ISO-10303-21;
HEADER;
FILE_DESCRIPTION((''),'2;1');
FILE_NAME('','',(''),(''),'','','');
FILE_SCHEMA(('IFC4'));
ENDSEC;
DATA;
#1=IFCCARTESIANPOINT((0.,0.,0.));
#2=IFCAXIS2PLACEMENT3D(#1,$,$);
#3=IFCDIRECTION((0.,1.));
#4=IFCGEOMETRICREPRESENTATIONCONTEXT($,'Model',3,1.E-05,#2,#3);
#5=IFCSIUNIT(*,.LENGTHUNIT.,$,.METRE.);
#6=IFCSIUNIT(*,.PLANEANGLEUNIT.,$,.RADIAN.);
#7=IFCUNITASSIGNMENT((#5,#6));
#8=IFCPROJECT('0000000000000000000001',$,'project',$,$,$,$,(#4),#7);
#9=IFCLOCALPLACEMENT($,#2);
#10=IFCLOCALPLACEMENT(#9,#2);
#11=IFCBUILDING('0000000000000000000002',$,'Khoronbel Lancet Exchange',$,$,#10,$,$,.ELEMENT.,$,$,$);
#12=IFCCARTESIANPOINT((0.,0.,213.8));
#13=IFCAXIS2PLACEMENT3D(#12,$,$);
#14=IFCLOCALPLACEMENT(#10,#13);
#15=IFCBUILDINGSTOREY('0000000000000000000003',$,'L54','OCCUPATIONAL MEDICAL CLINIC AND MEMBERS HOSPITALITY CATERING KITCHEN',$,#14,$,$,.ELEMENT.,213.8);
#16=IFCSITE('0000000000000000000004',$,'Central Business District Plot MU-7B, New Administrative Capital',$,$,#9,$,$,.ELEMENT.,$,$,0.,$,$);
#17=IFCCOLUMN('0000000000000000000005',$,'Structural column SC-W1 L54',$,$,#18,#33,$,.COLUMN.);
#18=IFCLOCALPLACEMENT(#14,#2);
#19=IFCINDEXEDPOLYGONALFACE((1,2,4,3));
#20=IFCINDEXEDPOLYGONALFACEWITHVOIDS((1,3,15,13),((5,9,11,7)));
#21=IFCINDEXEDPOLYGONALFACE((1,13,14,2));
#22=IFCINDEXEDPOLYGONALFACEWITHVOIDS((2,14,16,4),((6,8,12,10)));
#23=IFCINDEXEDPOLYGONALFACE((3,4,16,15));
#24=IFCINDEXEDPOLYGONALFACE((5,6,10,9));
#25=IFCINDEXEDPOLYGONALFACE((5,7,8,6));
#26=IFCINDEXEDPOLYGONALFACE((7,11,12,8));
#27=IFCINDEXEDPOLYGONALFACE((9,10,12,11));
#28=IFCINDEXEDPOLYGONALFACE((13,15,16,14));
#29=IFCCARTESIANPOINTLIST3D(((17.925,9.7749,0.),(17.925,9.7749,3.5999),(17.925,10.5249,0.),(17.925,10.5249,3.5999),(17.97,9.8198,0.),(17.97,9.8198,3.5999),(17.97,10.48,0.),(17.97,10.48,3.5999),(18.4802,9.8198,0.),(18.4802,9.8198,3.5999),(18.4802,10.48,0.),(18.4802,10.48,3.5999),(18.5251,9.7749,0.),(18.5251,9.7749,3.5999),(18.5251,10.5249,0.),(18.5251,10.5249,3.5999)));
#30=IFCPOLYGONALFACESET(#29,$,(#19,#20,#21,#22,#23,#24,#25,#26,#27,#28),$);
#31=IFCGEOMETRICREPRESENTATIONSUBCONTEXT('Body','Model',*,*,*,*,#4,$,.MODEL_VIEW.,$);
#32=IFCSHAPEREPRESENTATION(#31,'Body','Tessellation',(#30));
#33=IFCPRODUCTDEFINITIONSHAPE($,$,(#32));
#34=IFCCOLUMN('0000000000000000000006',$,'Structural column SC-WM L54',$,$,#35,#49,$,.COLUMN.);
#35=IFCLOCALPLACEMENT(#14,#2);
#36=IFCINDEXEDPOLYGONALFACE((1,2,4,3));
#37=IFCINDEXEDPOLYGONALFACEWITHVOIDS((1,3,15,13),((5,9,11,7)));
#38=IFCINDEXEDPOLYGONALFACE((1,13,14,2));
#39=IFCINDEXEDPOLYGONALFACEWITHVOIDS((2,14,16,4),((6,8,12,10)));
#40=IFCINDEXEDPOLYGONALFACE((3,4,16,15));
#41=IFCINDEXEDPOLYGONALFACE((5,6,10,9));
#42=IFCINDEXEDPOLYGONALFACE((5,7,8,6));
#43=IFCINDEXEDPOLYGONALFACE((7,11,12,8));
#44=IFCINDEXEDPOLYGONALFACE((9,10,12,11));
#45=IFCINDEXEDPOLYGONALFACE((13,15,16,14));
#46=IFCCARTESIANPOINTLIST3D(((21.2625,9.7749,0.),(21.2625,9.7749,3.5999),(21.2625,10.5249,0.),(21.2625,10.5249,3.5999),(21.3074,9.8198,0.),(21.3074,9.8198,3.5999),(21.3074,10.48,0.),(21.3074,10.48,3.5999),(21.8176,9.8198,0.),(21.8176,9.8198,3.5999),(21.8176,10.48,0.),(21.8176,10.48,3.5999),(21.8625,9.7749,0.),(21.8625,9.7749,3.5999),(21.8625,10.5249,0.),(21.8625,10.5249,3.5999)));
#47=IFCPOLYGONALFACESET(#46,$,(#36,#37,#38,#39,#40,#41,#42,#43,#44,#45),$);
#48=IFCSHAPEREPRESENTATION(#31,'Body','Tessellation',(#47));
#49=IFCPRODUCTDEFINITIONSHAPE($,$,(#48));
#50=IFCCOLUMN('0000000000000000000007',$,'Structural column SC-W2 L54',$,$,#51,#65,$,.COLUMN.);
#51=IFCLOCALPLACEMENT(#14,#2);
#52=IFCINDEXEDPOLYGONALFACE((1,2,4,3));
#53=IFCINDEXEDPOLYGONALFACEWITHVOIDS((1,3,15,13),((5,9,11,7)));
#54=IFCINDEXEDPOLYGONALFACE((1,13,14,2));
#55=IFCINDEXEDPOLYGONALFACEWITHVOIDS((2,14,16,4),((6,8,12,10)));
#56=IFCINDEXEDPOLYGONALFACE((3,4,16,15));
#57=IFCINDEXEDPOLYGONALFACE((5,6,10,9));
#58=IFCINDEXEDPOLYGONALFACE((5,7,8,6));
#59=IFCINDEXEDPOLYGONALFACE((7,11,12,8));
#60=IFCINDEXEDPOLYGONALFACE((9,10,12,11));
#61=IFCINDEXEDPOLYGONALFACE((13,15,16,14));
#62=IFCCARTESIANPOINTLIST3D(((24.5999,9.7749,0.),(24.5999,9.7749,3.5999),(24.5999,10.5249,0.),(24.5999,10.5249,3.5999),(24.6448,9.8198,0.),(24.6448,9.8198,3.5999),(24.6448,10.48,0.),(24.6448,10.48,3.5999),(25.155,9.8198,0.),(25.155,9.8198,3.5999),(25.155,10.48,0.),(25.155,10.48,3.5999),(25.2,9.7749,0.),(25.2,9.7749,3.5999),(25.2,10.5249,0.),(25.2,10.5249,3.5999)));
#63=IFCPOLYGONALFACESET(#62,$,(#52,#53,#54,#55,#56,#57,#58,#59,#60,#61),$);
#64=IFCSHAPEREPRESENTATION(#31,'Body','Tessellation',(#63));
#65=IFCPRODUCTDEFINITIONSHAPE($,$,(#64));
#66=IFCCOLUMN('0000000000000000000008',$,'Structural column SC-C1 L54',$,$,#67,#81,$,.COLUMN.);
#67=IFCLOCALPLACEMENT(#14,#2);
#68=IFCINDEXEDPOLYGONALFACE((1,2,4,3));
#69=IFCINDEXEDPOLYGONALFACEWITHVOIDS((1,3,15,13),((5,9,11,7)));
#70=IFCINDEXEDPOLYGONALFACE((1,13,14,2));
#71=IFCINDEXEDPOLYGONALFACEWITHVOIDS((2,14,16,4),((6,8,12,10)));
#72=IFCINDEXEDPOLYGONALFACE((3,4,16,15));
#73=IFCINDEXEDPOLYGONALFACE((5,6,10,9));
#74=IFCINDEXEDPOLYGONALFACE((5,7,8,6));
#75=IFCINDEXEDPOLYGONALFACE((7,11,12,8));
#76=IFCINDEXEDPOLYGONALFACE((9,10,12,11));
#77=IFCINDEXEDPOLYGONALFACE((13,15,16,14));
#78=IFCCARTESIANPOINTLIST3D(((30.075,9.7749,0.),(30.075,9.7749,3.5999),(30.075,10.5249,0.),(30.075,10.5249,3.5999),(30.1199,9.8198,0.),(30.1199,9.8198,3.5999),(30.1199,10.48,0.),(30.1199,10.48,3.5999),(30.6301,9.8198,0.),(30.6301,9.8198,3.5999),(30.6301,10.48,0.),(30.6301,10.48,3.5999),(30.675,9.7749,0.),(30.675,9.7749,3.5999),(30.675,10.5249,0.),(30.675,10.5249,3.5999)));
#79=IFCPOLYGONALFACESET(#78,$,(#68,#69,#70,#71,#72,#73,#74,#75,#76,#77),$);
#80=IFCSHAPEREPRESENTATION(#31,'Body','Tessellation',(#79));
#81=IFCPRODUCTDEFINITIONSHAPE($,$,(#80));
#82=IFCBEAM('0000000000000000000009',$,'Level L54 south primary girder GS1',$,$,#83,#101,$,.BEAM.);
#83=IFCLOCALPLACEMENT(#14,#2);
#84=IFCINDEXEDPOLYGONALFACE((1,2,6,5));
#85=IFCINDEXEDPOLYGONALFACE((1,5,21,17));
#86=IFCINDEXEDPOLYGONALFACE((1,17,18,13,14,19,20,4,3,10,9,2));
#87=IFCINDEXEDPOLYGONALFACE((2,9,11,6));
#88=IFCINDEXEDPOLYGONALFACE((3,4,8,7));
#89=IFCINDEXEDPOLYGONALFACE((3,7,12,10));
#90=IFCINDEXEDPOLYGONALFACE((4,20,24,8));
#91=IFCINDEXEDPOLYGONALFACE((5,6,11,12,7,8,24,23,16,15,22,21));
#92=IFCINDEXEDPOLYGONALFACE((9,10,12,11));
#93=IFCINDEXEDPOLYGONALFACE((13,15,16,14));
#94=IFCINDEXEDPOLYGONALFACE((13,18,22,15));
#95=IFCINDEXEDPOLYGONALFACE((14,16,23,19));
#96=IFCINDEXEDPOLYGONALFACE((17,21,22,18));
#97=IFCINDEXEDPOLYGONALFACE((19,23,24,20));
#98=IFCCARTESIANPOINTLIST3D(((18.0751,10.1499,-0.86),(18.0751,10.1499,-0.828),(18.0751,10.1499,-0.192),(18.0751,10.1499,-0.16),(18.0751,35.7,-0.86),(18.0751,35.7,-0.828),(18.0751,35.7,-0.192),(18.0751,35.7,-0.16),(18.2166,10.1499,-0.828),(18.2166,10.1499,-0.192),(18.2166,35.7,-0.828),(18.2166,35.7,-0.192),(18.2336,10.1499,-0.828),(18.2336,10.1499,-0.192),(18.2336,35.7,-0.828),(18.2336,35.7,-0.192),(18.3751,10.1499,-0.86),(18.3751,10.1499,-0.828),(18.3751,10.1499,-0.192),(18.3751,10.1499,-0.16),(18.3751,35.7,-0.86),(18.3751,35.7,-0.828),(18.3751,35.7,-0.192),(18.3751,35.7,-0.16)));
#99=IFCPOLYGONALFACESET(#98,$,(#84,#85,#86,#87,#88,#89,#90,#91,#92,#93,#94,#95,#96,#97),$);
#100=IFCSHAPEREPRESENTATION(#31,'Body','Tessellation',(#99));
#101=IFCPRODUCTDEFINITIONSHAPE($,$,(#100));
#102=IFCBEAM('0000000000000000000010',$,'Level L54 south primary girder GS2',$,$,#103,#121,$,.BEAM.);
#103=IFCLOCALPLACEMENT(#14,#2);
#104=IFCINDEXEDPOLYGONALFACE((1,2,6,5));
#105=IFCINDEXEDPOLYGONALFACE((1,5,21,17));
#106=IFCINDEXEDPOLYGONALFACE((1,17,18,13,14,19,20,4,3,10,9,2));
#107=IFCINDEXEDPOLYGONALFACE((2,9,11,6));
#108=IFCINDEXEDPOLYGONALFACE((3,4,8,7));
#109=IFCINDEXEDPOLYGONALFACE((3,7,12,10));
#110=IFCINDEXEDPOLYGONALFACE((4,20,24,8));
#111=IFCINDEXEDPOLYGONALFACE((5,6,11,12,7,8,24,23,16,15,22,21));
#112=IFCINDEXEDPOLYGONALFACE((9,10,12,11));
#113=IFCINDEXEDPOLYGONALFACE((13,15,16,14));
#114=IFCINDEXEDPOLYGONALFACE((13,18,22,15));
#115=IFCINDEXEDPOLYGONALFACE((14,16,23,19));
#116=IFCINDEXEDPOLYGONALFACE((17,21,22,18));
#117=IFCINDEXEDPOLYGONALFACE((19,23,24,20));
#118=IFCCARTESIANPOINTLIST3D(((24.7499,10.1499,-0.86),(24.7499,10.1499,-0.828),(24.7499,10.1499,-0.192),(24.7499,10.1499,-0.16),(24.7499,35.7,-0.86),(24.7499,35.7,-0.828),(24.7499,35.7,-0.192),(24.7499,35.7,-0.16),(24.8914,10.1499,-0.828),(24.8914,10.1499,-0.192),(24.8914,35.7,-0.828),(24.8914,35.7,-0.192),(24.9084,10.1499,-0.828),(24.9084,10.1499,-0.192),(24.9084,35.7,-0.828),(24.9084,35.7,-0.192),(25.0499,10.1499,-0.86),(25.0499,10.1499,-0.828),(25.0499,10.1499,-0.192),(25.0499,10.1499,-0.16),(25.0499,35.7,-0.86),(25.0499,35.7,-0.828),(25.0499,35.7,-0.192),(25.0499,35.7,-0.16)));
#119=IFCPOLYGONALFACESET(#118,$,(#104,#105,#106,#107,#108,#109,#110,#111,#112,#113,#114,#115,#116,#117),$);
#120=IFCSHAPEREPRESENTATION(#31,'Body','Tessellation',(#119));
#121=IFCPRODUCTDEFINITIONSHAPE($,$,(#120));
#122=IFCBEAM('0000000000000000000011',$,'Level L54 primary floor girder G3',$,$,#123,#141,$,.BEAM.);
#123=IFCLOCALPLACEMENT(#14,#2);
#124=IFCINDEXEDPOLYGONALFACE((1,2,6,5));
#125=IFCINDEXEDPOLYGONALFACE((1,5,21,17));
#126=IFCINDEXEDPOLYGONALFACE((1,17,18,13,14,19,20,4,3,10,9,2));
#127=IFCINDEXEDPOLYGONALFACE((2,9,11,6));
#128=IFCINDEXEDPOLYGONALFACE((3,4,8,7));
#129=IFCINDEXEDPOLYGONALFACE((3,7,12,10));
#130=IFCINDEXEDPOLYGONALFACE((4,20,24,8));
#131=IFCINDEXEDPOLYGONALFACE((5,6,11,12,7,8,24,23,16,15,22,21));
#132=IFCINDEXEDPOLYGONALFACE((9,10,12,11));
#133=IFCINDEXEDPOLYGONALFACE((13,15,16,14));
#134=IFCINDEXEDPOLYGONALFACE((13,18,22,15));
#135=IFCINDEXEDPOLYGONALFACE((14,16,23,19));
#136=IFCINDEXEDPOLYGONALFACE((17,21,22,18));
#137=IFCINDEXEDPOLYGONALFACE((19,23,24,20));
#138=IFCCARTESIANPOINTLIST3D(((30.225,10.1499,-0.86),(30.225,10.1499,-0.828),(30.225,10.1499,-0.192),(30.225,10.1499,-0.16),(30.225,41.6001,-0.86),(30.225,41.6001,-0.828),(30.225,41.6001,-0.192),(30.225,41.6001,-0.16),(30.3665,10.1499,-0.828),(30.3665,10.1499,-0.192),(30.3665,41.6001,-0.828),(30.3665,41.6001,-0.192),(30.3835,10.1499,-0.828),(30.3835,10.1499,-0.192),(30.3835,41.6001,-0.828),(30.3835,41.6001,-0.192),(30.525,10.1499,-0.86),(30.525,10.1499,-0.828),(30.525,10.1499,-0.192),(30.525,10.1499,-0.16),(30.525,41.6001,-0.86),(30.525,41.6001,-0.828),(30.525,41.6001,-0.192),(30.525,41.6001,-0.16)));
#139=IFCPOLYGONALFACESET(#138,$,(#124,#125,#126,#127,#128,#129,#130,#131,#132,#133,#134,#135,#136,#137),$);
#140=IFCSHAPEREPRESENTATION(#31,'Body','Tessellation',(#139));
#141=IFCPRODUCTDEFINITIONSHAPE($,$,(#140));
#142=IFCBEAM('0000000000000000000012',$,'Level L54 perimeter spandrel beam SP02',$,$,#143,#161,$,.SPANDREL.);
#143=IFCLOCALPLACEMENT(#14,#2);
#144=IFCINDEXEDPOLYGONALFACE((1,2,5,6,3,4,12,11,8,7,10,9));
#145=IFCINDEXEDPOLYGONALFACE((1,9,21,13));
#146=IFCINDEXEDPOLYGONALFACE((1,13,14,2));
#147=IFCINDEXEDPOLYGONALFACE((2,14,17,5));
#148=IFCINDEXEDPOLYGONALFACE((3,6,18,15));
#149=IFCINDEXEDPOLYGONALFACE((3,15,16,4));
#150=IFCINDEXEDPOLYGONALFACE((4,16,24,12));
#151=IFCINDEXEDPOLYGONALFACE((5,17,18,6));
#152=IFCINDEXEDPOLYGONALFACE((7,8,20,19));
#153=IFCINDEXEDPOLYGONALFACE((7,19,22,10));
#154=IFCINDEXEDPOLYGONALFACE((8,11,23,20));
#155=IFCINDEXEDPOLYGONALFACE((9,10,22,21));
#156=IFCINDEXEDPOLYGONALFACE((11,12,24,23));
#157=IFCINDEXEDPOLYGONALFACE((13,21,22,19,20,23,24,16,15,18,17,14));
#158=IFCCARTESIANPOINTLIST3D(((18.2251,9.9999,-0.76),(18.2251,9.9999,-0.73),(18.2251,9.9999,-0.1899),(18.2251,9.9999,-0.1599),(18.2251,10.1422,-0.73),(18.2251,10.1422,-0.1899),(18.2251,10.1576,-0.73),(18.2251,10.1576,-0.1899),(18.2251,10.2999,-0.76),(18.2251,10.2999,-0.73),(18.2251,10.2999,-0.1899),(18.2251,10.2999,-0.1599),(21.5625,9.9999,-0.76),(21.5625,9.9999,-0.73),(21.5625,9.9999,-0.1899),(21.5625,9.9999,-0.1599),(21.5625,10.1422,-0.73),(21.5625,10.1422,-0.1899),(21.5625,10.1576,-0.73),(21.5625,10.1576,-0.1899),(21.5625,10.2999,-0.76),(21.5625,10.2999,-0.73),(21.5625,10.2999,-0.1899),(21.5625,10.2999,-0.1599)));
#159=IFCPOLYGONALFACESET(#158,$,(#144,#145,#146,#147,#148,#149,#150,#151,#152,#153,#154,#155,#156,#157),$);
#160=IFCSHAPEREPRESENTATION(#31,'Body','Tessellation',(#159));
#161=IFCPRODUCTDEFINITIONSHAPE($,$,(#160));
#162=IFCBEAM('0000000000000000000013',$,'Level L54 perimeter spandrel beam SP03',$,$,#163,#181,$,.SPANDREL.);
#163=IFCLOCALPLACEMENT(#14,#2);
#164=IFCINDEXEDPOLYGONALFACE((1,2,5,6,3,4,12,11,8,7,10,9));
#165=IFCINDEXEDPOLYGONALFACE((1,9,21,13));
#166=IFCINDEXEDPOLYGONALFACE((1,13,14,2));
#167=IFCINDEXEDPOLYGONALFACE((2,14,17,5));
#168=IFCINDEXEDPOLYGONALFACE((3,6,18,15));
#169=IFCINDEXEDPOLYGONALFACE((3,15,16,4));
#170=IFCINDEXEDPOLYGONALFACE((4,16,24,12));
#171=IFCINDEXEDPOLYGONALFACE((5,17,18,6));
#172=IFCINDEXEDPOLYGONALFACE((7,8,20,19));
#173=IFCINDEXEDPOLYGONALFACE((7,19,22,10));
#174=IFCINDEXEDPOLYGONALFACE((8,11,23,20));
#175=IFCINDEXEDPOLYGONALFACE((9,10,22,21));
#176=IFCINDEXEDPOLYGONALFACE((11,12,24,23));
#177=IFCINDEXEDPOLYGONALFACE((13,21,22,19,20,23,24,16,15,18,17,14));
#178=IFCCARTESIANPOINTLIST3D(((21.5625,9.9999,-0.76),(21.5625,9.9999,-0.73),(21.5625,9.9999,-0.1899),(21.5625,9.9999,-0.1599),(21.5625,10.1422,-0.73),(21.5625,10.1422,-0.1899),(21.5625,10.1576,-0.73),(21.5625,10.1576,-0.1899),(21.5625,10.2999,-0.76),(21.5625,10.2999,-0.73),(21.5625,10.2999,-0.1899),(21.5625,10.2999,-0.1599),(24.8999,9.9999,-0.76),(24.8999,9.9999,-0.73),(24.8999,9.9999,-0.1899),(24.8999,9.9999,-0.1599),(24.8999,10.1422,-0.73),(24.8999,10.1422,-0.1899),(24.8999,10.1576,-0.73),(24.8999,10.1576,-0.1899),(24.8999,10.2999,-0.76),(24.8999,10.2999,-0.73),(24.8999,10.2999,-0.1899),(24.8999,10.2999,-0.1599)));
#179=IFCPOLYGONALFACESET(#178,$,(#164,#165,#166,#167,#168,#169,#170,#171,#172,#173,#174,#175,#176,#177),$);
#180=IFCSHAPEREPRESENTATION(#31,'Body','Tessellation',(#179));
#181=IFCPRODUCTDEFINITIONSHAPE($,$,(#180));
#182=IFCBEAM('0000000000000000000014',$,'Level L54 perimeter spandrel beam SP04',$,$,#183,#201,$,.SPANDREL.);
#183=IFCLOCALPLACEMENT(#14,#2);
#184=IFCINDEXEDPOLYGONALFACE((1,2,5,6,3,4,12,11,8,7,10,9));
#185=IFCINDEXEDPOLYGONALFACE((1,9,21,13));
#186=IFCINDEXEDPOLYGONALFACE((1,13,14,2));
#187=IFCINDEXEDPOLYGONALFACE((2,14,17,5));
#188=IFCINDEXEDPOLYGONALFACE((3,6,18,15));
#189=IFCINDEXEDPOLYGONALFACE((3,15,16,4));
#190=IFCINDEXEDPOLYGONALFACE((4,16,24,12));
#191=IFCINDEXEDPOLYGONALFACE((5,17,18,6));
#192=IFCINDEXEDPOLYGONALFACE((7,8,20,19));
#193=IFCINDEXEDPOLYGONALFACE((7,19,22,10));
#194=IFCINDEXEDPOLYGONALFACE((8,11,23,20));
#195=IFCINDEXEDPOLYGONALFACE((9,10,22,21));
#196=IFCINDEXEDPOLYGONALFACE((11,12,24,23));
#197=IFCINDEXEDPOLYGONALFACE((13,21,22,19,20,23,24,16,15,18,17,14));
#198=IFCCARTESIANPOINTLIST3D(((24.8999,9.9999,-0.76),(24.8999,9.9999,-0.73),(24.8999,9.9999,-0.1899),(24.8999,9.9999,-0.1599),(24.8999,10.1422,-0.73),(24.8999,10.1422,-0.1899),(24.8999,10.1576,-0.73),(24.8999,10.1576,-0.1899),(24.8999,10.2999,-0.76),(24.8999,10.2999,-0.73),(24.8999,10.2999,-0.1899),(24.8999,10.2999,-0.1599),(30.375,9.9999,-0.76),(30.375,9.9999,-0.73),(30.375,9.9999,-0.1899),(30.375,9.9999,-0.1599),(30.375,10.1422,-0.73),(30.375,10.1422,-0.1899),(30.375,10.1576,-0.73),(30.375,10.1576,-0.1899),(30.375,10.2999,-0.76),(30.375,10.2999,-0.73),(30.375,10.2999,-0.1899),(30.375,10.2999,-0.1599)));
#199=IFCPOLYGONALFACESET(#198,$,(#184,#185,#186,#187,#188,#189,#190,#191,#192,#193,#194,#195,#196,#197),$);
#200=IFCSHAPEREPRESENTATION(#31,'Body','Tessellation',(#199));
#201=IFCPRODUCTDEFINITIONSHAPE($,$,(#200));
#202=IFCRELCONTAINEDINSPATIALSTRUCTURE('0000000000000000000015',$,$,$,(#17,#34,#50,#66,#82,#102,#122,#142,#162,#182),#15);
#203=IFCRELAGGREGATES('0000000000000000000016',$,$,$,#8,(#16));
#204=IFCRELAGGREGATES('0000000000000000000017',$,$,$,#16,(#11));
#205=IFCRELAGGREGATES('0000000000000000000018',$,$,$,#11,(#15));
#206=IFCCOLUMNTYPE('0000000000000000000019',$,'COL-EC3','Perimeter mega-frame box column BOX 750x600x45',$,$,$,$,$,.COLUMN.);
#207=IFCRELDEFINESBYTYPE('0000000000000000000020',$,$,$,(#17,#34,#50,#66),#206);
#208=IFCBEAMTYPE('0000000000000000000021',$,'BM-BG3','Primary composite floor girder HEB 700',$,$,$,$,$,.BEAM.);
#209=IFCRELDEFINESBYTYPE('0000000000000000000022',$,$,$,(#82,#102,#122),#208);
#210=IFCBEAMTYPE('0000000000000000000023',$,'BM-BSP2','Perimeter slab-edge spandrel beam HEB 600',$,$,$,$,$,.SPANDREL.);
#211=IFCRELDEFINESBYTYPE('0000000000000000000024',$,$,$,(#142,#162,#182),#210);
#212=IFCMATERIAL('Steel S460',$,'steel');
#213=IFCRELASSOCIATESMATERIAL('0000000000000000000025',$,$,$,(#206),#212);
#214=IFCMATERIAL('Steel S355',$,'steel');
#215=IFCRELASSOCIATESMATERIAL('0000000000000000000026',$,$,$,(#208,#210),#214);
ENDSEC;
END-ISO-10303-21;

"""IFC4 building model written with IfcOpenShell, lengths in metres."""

from ifc_helpers import new_model, si_unit, direction, frame, origin, origin_2d, place, context, subcontext, project, spatial, hollow_rectangle, i_section, extrude, material, material_profile, profile_set, type_object, element, save


model = new_model("IFC4")

# Units and contexts
model_context = context("Model", 3, precision=1e-05, world=origin(), true_north=direction((0.0, 1.0)))
body_context = subcontext(model_context, "Body", "Model", "MODEL_VIEW")
ifc_project = project(units=[si_unit("LENGTHUNIT", "METRE"), si_unit("PLANEANGLEUNIT", "RADIAN")], contexts=[model_context])

# Site, building, storey
site_placement = place(None, origin())
site = spatial("IfcSite", under=ifc_project, at=site_placement, Name="Central Business District Plot MU-7B, New Administrative Capital", CompositionType="ELEMENT", RefElevation=0.0)
building_placement = place(site_placement, origin())
building = spatial("IfcBuilding", under=site, at=building_placement, Name="Khoronbel Lancet Exchange", CompositionType="ELEMENT")
storey_placement = place(building_placement, frame((0.0, 0.0, 213.8)))
storey = spatial("IfcBuildingStorey", under=building, at=storey_placement, Name="L54", Description="OCCUPATIONAL MEDICAL CLINIC AND MEMBERS HOSPITALITY CATERING KITCHEN", CompositionType="ELEMENT", Elevation=213.8)

# Columns
ifc_material_1 = material(Name="Steel S460", Category="steel")
ifc_material_profile_1 = material_profile(ifc_material_1, hollow_rectangle(XDim=0.6001, YDim=0.75, WallThickness=0.0449, at=origin_2d()), Name="BOX 750x600x45")
ifc_profile_set_1 = profile_set([ifc_material_profile_1], Name="Steel S460")
column_type = type_object("IfcColumnType", Name="COL-EC3", Description="Perimeter mega-frame box column BOX 750x600x45", PredefinedType="COLUMN", material=ifc_profile_set_1)
for number, where, z_axis, x_axis, name in (
    (1, (18.2251, 10.1499, 0.0), (0.0, 0.0, 1.0), (1.0, 0.0, 0.0), "Structural column SC-W1 L54"),
    (2, (21.5625, 10.1499, 0.0), (0.0, 0.0, 1.0), (1.0, 0.0, 0.0), "Structural column SC-WM L54"),
    (3, (24.8999, 10.1499, 0.0), (0.0, 0.0, 1.0), (1.0, 0.0, 0.0), "Structural column SC-W2 L54"),
    (4, (30.375, 10.1499, 0.0), (0.0, 0.0, 1.0), (1.0, 0.0, 0.0), "Structural column SC-C1 L54"),
):
    element("IfcColumn", number, at=place(storey_placement, frame(where, z_axis=z_axis, x_axis=x_axis)), inside=storey, type_object=column_type, Name=name, PredefinedType="COLUMN", context=body_context, shape_type="SweptSolid", body=[
        extrude(hollow_rectangle(XDim=0.6001, YDim=0.75, WallThickness=0.0449, at=origin_2d()), origin(), (0.0, 0.0, 1.0), 3.5999),
    ])

# Beams
ifc_material_2 = material(Name="Steel S355", Category="steel")
ifc_material_profile_2 = material_profile(ifc_material_2, i_section(OverallWidth=0.3, OverallDepth=0.7, WebThickness=0.0171, FlangeThickness=0.032, at=origin_2d()), Name="HEB 700")
ifc_profile_set_2 = profile_set([ifc_material_profile_2], Name="Steel S355")
beam_type_1 = type_object("IfcBeamType", Name="BM-BG3", Description="Primary composite floor girder HEB 700", PredefinedType="BEAM", material=ifc_profile_set_2)
for number, where, z_axis, x_axis, name in (
    (5, (18.2251, 10.1499, -0.51), (0.0, 1.0, 0.0), (-1.0, 0.0, 0.0), "Level L54 south primary girder GS1"),
    (6, (24.8999, 10.1499, -0.51), (0.0, 1.0, 0.0), (-1.0, 0.0, 0.0), "Level L54 south primary girder GS2"),
):
    element("IfcBeam", number, at=place(storey_placement, frame(where, z_axis=z_axis, x_axis=x_axis)), inside=storey, type_object=beam_type_1, Name=name, PredefinedType="BEAM", context=body_context, shape_type="SweptSolid", body=[
        extrude(i_section(OverallWidth=0.3, OverallDepth=0.7, WebThickness=0.0171, FlangeThickness=0.032, at=origin_2d()), origin(), (0.0, 0.0, 1.0), 25.55),
    ])
beam_1_placement = place(storey_placement, frame((30.375, 10.1499, -0.51), z_axis=(0.0, 1.0, 0.0), x_axis=(-1.0, 0.0, 0.0)))
element("IfcBeam", 7, at=beam_1_placement, inside=storey, type_object=beam_type_1, Name="Level L54 primary floor girder G3", PredefinedType="BEAM", context=body_context, shape_type="SweptSolid", body=[
    extrude(i_section(OverallWidth=0.3, OverallDepth=0.7, WebThickness=0.0171, FlangeThickness=0.032, at=origin_2d()), origin(), (0.0, 0.0, 1.0), 31.4502),
])
ifc_material_profile_3 = material_profile(ifc_material_2, i_section(OverallWidth=0.3, OverallDepth=0.6001, WebThickness=0.0154, FlangeThickness=0.03, at=origin_2d()), Name="HEB 600")
ifc_profile_set_3 = profile_set([ifc_material_profile_3], Name="Steel S355")
beam_type_2 = type_object("IfcBeamType", Name="BM-BSP2", Description="Perimeter slab-edge spandrel beam HEB 600", PredefinedType="SPANDREL", material=ifc_profile_set_3)
for number, where, z_axis, x_axis, name in (
    (8, (18.2251, 10.1499, -0.46), (1.0, 0.0, 0.0), (0.0, 1.0, 0.0), "Level L54 perimeter spandrel beam SP02"),
    (9, (21.5625, 10.1499, -0.46), (1.0, 0.0, 0.0), (0.0, 1.0, 0.0), "Level L54 perimeter spandrel beam SP03"),
):
    element("IfcBeam", number, at=place(storey_placement, frame(where, z_axis=z_axis, x_axis=x_axis)), inside=storey, type_object=beam_type_2, Name=name, PredefinedType="SPANDREL", context=body_context, shape_type="SweptSolid", body=[
        extrude(i_section(OverallWidth=0.3, OverallDepth=0.6001, WebThickness=0.0154, FlangeThickness=0.03, at=origin_2d()), origin(), (0.0, 0.0, 1.0), 3.3374),
    ])
beam_2_placement = place(storey_placement, frame((24.8999, 10.1499, -0.46), z_axis=(1.0, 0.0, 0.0), x_axis=(0.0, 1.0, 0.0)))
element("IfcBeam", 10, at=beam_2_placement, inside=storey, type_object=beam_type_2, Name="Level L54 perimeter spandrel beam SP04", PredefinedType="SPANDREL", context=body_context, shape_type="SweptSolid", body=[
    extrude(i_section(OverallWidth=0.3, OverallDepth=0.6001, WebThickness=0.0154, FlangeThickness=0.03, at=origin_2d()), origin(), (0.0, 0.0, 1.0), 5.4751),
])

save(model, "model.ifc")
